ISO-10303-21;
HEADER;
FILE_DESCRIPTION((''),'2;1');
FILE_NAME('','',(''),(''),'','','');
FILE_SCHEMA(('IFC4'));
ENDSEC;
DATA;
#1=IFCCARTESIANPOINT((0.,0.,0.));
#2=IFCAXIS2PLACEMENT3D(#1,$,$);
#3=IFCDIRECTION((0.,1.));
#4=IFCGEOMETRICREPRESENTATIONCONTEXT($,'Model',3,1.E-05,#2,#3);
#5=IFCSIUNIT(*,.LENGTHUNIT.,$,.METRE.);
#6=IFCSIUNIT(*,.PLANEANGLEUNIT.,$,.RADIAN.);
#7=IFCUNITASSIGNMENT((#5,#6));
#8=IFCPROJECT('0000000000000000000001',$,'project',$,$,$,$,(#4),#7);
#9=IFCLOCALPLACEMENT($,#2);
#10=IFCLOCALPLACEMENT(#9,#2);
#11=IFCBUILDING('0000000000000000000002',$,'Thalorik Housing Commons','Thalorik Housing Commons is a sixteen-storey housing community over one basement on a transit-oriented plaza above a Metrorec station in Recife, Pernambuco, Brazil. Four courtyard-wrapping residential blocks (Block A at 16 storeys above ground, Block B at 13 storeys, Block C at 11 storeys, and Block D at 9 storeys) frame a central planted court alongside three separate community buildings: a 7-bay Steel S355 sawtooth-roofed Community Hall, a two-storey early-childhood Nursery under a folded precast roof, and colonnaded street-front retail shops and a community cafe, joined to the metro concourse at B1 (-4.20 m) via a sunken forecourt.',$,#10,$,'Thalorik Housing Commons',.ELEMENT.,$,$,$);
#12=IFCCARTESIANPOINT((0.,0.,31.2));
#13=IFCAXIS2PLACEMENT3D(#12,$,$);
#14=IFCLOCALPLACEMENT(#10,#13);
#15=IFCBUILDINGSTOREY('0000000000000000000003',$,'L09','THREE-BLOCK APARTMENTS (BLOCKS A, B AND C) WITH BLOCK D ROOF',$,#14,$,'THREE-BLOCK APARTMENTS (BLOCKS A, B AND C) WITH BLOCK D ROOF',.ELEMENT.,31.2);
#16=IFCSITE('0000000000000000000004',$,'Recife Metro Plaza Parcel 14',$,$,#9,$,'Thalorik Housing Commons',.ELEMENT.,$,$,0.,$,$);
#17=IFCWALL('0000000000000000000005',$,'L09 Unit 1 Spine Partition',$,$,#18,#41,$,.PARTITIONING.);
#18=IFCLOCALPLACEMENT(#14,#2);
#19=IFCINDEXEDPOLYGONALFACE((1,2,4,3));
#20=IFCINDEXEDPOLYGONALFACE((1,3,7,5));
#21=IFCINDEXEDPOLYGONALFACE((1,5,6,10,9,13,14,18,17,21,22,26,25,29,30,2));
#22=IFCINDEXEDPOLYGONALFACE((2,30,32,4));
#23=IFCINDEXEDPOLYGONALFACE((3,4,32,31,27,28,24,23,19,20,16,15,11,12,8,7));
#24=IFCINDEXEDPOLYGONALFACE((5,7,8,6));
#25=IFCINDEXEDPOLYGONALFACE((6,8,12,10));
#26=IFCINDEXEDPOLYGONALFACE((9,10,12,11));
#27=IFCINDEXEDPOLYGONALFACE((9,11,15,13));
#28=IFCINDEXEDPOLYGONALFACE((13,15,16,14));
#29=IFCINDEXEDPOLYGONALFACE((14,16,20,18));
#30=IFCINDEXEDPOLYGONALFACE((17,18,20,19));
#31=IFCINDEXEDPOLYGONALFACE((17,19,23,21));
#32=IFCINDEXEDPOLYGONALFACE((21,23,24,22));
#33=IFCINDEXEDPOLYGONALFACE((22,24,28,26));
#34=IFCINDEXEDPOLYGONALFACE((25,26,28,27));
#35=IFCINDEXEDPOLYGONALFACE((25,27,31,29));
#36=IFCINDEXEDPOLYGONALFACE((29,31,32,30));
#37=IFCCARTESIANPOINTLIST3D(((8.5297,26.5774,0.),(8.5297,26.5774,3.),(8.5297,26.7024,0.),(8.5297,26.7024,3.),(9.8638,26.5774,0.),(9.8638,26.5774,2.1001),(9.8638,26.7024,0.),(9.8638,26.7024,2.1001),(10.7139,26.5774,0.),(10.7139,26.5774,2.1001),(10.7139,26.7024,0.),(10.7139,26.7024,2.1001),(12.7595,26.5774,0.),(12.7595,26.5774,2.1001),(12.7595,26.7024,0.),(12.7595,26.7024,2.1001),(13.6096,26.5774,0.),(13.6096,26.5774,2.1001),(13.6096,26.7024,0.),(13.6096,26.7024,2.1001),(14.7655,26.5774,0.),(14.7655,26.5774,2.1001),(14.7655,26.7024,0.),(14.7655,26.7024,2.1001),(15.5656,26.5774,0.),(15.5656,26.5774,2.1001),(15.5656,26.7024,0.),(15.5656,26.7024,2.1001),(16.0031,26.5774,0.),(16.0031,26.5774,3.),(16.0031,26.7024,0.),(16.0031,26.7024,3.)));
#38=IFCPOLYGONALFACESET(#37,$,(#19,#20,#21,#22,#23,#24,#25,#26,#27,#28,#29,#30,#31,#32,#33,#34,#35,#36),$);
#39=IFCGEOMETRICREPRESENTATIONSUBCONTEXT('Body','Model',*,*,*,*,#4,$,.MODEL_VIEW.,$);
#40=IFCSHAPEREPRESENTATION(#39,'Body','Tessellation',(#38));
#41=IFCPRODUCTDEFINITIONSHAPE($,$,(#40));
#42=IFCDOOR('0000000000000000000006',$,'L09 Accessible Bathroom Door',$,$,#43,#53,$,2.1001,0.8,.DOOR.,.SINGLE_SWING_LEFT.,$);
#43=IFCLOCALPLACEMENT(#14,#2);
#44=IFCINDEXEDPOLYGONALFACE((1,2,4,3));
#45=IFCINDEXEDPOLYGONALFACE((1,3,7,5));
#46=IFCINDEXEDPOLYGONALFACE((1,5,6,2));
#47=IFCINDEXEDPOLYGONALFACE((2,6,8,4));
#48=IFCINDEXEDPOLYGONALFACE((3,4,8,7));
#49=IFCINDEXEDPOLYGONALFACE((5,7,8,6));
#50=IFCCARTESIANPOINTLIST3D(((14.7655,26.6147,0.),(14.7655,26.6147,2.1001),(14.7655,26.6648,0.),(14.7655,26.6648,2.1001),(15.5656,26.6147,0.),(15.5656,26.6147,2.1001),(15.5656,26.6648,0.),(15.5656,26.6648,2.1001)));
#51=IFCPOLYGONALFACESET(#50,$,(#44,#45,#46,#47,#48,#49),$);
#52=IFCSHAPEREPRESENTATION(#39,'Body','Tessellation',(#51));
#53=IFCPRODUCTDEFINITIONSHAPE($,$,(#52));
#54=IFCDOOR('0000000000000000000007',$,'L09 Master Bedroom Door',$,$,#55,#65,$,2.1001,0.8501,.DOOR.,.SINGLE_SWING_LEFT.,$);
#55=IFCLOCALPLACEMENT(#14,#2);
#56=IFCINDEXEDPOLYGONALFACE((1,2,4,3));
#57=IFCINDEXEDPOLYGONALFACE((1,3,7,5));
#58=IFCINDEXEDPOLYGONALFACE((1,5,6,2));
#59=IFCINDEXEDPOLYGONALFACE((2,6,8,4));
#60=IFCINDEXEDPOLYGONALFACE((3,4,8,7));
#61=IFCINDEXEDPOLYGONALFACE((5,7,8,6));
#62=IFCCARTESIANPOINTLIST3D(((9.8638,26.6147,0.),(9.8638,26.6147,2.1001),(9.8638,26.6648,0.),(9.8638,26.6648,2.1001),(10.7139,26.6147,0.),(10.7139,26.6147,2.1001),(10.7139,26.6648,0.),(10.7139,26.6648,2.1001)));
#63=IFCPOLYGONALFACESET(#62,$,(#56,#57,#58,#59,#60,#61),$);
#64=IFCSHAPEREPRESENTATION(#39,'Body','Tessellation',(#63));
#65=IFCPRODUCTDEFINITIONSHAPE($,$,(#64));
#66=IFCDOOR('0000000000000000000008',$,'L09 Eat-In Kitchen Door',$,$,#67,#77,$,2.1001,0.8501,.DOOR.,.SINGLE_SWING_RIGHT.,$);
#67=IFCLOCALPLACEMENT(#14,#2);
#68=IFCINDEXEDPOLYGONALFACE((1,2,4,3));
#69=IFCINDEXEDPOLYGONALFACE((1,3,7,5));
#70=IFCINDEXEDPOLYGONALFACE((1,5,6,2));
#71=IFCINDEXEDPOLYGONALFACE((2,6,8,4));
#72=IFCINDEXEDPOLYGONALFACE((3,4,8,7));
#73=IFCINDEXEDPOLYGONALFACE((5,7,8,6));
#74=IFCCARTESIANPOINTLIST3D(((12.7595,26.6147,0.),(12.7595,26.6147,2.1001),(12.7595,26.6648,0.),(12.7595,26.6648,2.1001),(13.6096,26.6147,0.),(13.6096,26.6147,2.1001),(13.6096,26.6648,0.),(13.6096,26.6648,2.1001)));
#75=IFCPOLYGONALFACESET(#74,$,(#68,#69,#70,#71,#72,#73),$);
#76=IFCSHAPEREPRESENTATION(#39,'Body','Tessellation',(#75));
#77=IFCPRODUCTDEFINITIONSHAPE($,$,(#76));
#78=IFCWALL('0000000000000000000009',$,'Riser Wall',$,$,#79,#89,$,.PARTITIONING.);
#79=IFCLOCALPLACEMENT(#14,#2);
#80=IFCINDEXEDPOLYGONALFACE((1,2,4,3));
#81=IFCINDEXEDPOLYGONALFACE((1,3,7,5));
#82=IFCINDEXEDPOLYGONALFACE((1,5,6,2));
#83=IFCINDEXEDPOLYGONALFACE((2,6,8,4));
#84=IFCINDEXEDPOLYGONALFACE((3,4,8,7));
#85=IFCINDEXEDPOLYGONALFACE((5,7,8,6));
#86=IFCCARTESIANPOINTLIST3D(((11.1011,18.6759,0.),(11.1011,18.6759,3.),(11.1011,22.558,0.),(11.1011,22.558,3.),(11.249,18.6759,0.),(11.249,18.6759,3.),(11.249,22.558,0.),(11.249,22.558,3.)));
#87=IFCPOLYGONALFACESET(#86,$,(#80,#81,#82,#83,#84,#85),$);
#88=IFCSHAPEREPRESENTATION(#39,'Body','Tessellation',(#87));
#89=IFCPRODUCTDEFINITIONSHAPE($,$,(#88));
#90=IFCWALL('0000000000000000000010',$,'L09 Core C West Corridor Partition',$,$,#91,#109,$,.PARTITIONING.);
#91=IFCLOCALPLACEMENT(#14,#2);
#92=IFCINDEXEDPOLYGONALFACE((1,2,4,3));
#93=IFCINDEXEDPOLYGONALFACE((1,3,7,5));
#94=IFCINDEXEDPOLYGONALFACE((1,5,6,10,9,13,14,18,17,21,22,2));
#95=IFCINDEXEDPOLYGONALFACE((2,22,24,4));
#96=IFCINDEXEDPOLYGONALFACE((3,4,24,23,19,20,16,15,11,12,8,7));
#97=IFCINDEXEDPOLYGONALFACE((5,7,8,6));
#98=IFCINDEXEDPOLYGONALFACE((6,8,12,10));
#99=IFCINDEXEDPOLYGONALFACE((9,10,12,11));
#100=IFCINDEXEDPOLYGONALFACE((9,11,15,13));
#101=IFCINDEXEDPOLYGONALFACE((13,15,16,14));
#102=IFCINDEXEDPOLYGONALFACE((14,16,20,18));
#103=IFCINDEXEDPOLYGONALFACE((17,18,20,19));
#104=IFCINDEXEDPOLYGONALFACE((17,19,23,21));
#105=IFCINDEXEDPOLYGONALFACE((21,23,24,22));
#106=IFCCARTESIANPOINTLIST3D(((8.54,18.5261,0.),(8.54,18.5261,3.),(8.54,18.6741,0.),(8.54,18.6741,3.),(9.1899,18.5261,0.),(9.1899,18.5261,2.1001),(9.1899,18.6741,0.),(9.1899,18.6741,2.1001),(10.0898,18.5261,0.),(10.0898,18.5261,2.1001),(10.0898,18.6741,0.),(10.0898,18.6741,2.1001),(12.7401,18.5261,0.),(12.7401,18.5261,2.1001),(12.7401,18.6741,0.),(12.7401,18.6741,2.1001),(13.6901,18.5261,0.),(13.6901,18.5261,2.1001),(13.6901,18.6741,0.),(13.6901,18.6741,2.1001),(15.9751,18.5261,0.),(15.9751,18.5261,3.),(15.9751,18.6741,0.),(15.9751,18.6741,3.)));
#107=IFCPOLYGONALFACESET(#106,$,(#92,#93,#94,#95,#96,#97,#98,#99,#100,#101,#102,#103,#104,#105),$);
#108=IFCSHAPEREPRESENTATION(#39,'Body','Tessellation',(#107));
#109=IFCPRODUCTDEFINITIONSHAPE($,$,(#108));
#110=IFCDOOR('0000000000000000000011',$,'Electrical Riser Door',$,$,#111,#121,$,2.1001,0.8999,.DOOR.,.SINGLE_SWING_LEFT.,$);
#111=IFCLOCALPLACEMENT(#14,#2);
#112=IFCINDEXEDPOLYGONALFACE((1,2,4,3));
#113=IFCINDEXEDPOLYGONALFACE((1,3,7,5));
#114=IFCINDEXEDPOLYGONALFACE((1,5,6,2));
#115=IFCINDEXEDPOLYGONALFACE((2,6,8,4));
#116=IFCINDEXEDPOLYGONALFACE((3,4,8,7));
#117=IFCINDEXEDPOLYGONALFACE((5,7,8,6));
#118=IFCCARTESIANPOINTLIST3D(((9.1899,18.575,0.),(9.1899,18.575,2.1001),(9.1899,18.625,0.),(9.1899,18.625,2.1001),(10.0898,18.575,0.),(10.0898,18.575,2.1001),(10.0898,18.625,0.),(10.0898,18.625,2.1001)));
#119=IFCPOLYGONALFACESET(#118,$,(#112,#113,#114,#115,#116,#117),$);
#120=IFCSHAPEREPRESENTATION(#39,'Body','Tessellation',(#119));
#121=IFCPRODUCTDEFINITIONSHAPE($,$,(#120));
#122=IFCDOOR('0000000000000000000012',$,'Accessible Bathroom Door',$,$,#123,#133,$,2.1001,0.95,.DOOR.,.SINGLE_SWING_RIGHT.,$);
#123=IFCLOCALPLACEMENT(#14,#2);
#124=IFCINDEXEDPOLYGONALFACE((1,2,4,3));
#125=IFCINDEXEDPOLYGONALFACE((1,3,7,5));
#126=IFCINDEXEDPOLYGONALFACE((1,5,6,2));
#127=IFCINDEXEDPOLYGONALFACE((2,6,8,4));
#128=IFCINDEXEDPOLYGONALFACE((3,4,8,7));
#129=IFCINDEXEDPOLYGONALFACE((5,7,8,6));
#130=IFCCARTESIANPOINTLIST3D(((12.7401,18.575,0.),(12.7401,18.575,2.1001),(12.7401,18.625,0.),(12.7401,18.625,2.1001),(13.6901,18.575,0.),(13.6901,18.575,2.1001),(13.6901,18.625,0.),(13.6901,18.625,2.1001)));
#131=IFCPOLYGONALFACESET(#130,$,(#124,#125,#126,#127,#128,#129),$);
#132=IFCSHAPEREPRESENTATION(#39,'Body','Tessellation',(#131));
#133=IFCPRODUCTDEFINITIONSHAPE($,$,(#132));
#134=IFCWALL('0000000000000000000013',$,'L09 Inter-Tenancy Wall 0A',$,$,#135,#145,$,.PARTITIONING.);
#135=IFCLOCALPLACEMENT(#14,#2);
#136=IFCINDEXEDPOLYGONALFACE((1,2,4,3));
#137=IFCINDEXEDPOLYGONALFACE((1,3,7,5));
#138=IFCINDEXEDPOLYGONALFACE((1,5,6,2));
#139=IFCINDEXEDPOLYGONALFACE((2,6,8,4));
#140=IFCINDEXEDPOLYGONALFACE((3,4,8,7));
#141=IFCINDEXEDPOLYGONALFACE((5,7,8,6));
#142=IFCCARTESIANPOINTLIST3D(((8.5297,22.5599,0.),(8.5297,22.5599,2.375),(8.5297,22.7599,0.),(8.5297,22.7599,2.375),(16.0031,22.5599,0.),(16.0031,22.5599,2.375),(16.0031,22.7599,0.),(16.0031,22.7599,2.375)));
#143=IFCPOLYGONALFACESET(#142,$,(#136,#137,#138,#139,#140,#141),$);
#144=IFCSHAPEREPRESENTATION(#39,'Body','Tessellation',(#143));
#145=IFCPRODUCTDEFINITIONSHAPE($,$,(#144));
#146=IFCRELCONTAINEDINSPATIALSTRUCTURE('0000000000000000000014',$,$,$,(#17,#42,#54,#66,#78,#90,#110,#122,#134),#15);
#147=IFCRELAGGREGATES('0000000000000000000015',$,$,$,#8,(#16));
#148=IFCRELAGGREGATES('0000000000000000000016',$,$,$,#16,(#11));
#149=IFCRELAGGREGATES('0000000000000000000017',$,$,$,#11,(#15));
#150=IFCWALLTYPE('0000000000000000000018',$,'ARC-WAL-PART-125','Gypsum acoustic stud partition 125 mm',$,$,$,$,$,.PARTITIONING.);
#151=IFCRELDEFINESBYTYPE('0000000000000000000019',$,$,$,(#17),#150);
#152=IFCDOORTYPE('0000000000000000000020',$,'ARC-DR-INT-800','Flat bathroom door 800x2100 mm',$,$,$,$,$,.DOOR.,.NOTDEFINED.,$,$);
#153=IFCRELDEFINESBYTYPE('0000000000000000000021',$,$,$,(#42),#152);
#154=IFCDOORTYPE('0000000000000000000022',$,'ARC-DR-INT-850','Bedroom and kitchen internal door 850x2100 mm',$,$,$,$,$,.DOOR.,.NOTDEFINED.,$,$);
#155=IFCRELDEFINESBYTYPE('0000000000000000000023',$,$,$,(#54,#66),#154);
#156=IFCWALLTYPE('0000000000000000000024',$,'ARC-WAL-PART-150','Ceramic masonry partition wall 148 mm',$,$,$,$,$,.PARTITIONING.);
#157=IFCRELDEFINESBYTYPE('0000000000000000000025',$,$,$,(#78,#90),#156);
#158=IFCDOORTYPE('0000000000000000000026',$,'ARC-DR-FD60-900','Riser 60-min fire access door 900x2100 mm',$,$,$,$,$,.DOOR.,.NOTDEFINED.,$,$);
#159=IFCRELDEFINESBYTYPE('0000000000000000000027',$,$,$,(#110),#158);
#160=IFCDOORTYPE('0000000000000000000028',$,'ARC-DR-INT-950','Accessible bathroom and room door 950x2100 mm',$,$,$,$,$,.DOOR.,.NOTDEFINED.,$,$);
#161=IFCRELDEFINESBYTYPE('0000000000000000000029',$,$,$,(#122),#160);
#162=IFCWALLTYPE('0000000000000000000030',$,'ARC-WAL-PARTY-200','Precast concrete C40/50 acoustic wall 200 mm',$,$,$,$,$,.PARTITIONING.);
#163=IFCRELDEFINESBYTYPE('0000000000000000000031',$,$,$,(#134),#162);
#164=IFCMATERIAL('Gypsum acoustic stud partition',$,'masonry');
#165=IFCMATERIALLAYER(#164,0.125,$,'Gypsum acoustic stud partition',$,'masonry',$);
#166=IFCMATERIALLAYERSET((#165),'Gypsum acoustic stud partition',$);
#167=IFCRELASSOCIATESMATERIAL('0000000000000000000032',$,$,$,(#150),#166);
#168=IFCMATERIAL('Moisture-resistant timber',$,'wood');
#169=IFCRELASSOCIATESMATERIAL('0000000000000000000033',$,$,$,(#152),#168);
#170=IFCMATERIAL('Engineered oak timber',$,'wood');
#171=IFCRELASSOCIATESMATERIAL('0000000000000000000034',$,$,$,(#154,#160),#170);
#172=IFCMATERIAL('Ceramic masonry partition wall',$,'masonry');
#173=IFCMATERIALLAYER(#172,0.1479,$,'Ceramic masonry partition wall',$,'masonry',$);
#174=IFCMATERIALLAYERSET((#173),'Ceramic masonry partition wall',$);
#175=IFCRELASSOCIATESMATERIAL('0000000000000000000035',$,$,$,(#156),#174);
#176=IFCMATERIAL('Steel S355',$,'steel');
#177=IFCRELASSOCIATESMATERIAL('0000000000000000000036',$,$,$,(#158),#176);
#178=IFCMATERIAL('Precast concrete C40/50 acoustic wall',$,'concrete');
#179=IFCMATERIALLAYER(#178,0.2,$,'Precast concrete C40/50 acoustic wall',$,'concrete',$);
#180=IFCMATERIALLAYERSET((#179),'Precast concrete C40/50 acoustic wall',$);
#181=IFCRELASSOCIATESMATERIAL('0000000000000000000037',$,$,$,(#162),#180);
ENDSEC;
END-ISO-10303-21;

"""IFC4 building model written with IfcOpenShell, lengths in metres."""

from ifc_helpers import new_model, si_unit, direction, frame, frame_2d, origin, place, context, subcontext, project, spatial, rectangle, extrude, material, layer, layer_set, type_object, element, fill, save


model = new_model("IFC4")

# Units and contexts
model_context = context("Model", 3, precision=1e-05, world=origin(), true_north=direction((0.0, 1.0)))
body_context = subcontext(model_context, "Body", "Model", "MODEL_VIEW")
ifc_project = project(units=[si_unit("LENGTHUNIT", "METRE"), si_unit("PLANEANGLEUNIT", "RADIAN")], contexts=[model_context])

# Site, building, storey
site_placement = place(None, origin())
site = spatial("IfcSite", under=ifc_project, at=site_placement, Name="Recife Metro Plaza Parcel 14", LongName="Thalorik Housing Commons", CompositionType="ELEMENT", RefElevation=0.0)
building_placement = place(site_placement, origin())
building = spatial("IfcBuilding", under=site, at=building_placement, Name="Thalorik Housing Commons", Description="Thalorik Housing Commons is a sixteen-storey housing community over one basement on a transit-oriented plaza above a Metrorec station in Recife, Pernambuco, Brazil. Four courtyard-wrapping residential blocks (Block A at 16 storeys above ground, Block B at 13 storeys, Block C at 11 storeys, and Block D at 9 storeys) frame a central planted court alongside three separate community buildings: a 7-bay Steel S355 sawtooth-roofed Community Hall, a two-storey early-childhood Nursery under a folded precast roof, and colonnaded street-front retail shops and a community cafe, joined to the metro concourse at B1 (-4.20 m) via a sunken forecourt.", LongName="Thalorik Housing Commons", CompositionType="ELEMENT")
storey_placement = place(building_placement, frame((0.0, 0.0, 31.2)))
storey = spatial("IfcBuildingStorey", under=building, at=storey_placement, Name="L09", Description="THREE-BLOCK APARTMENTS (BLOCKS A, B AND C) WITH BLOCK D ROOF", LongName="THREE-BLOCK APARTMENTS (BLOCKS A, B AND C) WITH BLOCK D ROOF", CompositionType="ELEMENT", Elevation=31.2)

# Shared definitions
ifc_material_1 = material(Name="Steel S355", Category="steel")

# Wall, openings, doors
ifc_material_2 = material(Name="Gypsum acoustic stud partition", Category="masonry")
ifc_layer_1 = layer(ifc_material_2, 0.125, Name="Gypsum acoustic stud partition", Category="masonry")
ifc_layer_set_1 = layer_set([ifc_layer_1], Name="Gypsum acoustic stud partition")
wall_type_1 = type_object("IfcWallType", Name="ARC-WAL-PART-125", Description="Gypsum acoustic stud partition 125 mm", PredefinedType="PARTITIONING", material=ifc_layer_set_1)
wall_1_placement = place(storey_placement, frame((8.5295, 26.6399, 0.0), z_axis=(0.0, 0.0, 1.0), x_axis=(1.0, 0.0, 0.0)))
wall_1 = element("IfcWall", 1, at=wall_1_placement, inside=storey, type_object=wall_type_1, Name="L09 Unit 1 Spine Partition", PredefinedType="PARTITIONING", context=body_context, shape_type="SweptSolid", body=[
    extrude(rectangle(XDim=7.4734, YDim=0.125, at=frame_2d((3.7368, 0.0))), origin(), (0.0, 0.0, 1.0), 3.0),
])
opening_1_placement = place(wall_1_placement, frame((1.3342, 0.0, 0.0)))
opening_1 = element("IfcOpeningElement", 2, at=opening_1_placement, cuts=wall_1, PredefinedType="OPENING", context=body_context, shape_type="SweptSolid", body=[
    extrude(rectangle(XDim=0.8501, YDim=2.1001, at=frame_2d((0.425, 1.05))), frame((0.0, 0.0725, 0.0), z_axis=(0.0, -1.0, 0.0), x_axis=(1.0, 0.0, 0.0)), (0.0, 0.0, 1.0), 0.145),
])
opening_2_placement = place(wall_1_placement, frame((4.23, 0.0, 0.0)))
opening_2 = element("IfcOpeningElement", 3, at=opening_2_placement, cuts=wall_1, PredefinedType="OPENING", context=body_context, shape_type="SweptSolid", body=[
    extrude(rectangle(XDim=0.8501, YDim=2.1001, at=frame_2d((0.425, 1.05))), frame((0.0, 0.0725, 0.0), z_axis=(0.0, -1.0, 0.0), x_axis=(1.0, 0.0, 0.0)), (0.0, 0.0, 1.0), 0.145),
])
opening_3_placement = place(wall_1_placement, frame((6.2361, 0.0, 0.0)))
opening_3 = element("IfcOpeningElement", 4, at=opening_3_placement, cuts=wall_1, PredefinedType="OPENING", context=body_context, shape_type="SweptSolid", body=[
    extrude(rectangle(XDim=0.8, YDim=2.1001, at=frame_2d((0.3999, 1.05))), frame((0.0, 0.0725, 0.0), z_axis=(0.0, -1.0, 0.0), x_axis=(1.0, 0.0, 0.0)), (0.0, 0.0, 1.0), 0.145),
])
ifc_material_3 = material(Name="Moisture-resistant timber", Category="wood")
door_type_1 = type_object("IfcDoorType", Name="ARC-DR-INT-800", Description="Flat bathroom door 800x2100 mm", OperationType="NOTDEFINED", PredefinedType="DOOR", material=ifc_material_3)
door_1_placement = place(opening_3_placement, origin())
door_1 = element("IfcDoor", 5, at=door_1_placement, inside=storey, type_object=door_type_1, Name="L09 Accessible Bathroom Door", OperationType="SINGLE_SWING_LEFT", OverallHeight=2.1001, OverallWidth=0.8, PredefinedType="DOOR", context=body_context, shape_type="SweptSolid", body=[
    extrude(rectangle(XDim=0.8, YDim=2.1001, at=frame_2d((0.3999, 1.05))), frame((0.0, 0.0249, 0.0), z_axis=(0.0, -1.0, 0.0), x_axis=(1.0, 0.0, 0.0)), (0.0, 0.0, 1.0), 0.05),
])
fill(opening_3, door_1)
ifc_material_4 = material(Name="Engineered oak timber", Category="wood")
door_type_2 = type_object("IfcDoorType", Name="ARC-DR-INT-850", Description="Bedroom and kitchen internal door 850x2100 mm", OperationType="NOTDEFINED", PredefinedType="DOOR", material=ifc_material_4)
door_2_placement = place(opening_1_placement, origin())
door_2 = element("IfcDoor", 6, at=door_2_placement, inside=storey, type_object=door_type_2, Name="L09 Master Bedroom Door", OperationType="SINGLE_SWING_LEFT", OverallHeight=2.1001, OverallWidth=0.8501, PredefinedType="DOOR", context=body_context, shape_type="SweptSolid", body=[
    extrude(rectangle(XDim=0.8501, YDim=2.1001, at=frame_2d((0.425, 1.05))), frame((0.0, 0.0249, 0.0), z_axis=(0.0, -1.0, 0.0), x_axis=(1.0, 0.0, 0.0)), (0.0, 0.0, 1.0), 0.05),
])
fill(opening_1, door_2)
door_3_placement = place(opening_2_placement, origin())
door_3 = element("IfcDoor", 7, at=door_3_placement, inside=storey, type_object=door_type_2, Name="L09 Eat-In Kitchen Door", OperationType="SINGLE_SWING_RIGHT", OverallHeight=2.1001, OverallWidth=0.8501, PredefinedType="DOOR", context=body_context, shape_type="SweptSolid", body=[
    extrude(rectangle(XDim=0.8501, YDim=2.1001, at=frame_2d((0.425, 1.05))), frame((0.0, 0.0249, 0.0), z_axis=(0.0, -1.0, 0.0), x_axis=(1.0, 0.0, 0.0)), (0.0, 0.0, 1.0), 0.05),
])
fill(opening_2, door_3)

# Wall
ifc_material_5 = material(Name="Ceramic masonry partition wall", Category="masonry")
ifc_layer_2 = layer(ifc_material_5, 0.1479, Name="Ceramic masonry partition wall", Category="masonry")
ifc_layer_set_2 = layer_set([ifc_layer_2], Name="Ceramic masonry partition wall")
wall_type_2 = type_object("IfcWallType", Name="ARC-WAL-PART-150", Description="Ceramic masonry partition wall 148 mm", PredefinedType="PARTITIONING", material=ifc_layer_set_2)
wall_2_placement = place(storey_placement, frame((11.175, 18.676, 0.0), z_axis=(0.0, 0.0, 1.0), x_axis=(0.0, 1.0, 0.0)))
element("IfcWall", 8, at=wall_2_placement, inside=storey, type_object=wall_type_2, Name="Riser Wall", PredefinedType="PARTITIONING", context=body_context, shape_type="SweptSolid", body=[
    extrude(rectangle(XDim=3.8821, YDim=0.1479, at=frame_2d((1.9409, 0.0))), origin(), (0.0, 0.0, 1.0), 3.0),
])

# Wall, openings, doors
wall_3_placement = place(storey_placement, frame((8.54, 18.6001, 0.0), z_axis=(0.0, 0.0, 1.0), x_axis=(1.0, 0.0, 0.0)))
wall_3 = element("IfcWall", 9, at=wall_3_placement, inside=storey, type_object=wall_type_2, Name="L09 Core C West Corridor Partition", PredefinedType="PARTITIONING", context=body_context, shape_type="SweptSolid", body=[
    extrude(rectangle(XDim=7.4351, YDim=0.1479, at=frame_2d((3.7175, 0.0))), origin(), (0.0, 0.0, 1.0), 3.0),
])
opening_4_placement = place(wall_3_placement, frame((0.6499, 0.0, 0.0)))
opening_4 = element("IfcOpeningElement", 10, at=opening_4_placement, cuts=wall_3, PredefinedType="OPENING", context=body_context, shape_type="SweptSolid", body=[
    extrude(rectangle(XDim=0.8999, YDim=2.1001, at=frame_2d((0.45, 1.05))), frame((0.0, 0.084, 0.0), z_axis=(0.0, -1.0, 0.0), x_axis=(1.0, 0.0, 0.0)), (0.0, 0.0, 1.0), 0.168),
])
opening_5_placement = place(wall_3_placement, frame((4.2, 0.0, 0.0)))
opening_5 = element("IfcOpeningElement", 11, at=opening_5_placement, cuts=wall_3, PredefinedType="OPENING", context=body_context, shape_type="SweptSolid", body=[
    extrude(rectangle(XDim=0.95, YDim=2.1001, at=frame_2d((0.4751, 1.05))), frame((0.0, 0.084, 0.0), z_axis=(0.0, -1.0, 0.0), x_axis=(1.0, 0.0, 0.0)), (0.0, 0.0, 1.0), 0.168),
])
door_type_3 = type_object("IfcDoorType", Name="ARC-DR-FD60-900", Description="Riser 60-min fire access door 900x2100 mm", OperationType="NOTDEFINED", PredefinedType="DOOR", material=ifc_material_1)
door_4_placement = place(opening_4_placement, origin())
door_4 = element("IfcDoor", 12, at=door_4_placement, inside=storey, type_object=door_type_3, Name="Electrical Riser Door", OperationType="SINGLE_SWING_LEFT", OverallHeight=2.1001, OverallWidth=0.8999, PredefinedType="DOOR", context=body_context, shape_type="SweptSolid", body=[
    extrude(rectangle(XDim=0.8999, YDim=2.1001, at=frame_2d((0.45, 1.05))), frame((0.0, 0.0249, 0.0), z_axis=(0.0, -1.0, 0.0), x_axis=(1.0, 0.0, 0.0)), (0.0, 0.0, 1.0), 0.05),
])
fill(opening_4, door_4)
door_type_4 = type_object("IfcDoorType", Name="ARC-DR-INT-950", Description="Accessible bathroom and room door 950x2100 mm", OperationType="NOTDEFINED", PredefinedType="DOOR", material=ifc_material_4)
door_5_placement = place(opening_5_placement, origin())
door_5 = element("IfcDoor", 13, at=door_5_placement, inside=storey, type_object=door_type_4, Name="Accessible Bathroom Door", OperationType="SINGLE_SWING_RIGHT", OverallHeight=2.1001, OverallWidth=0.95, PredefinedType="DOOR", context=body_context, shape_type="SweptSolid", body=[
    extrude(rectangle(XDim=0.95, YDim=2.1001, at=frame_2d((0.4751, 1.05))), frame((0.0, 0.0249, 0.0), z_axis=(0.0, -1.0, 0.0), x_axis=(1.0, 0.0, 0.0)), (0.0, 0.0, 1.0), 0.05),
])
fill(opening_5, door_5)

# Wall
ifc_material_6 = material(Name="Precast concrete C40/50 acoustic wall", Category="concrete")
ifc_layer_3 = layer(ifc_material_6, 0.2, Name="Precast concrete C40/50 acoustic wall", Category="concrete")
ifc_layer_set_3 = layer_set([ifc_layer_3], Name="Precast concrete C40/50 acoustic wall")
wall_type_3 = type_object("IfcWallType", Name="ARC-WAL-PARTY-200", Description="Precast concrete C40/50 acoustic wall 200 mm", PredefinedType="PARTITIONING", material=ifc_layer_set_3)
wall_4_placement = place(storey_placement, frame((8.5295, 22.6599, 0.0), z_axis=(0.0, 0.0, 1.0), x_axis=(1.0, 0.0, 0.0)))
element("IfcWall", 14, at=wall_4_placement, inside=storey, type_object=wall_type_3, Name="L09 Inter-Tenancy Wall 0A", PredefinedType="PARTITIONING", context=body_context, shape_type="SweptSolid", body=[
    extrude(rectangle(XDim=7.4734, YDim=0.2, at=frame_2d((3.7368, 0.0))), origin(), (0.0, 0.0, 1.0), 2.375),
])

save(model, "model.ifc")
